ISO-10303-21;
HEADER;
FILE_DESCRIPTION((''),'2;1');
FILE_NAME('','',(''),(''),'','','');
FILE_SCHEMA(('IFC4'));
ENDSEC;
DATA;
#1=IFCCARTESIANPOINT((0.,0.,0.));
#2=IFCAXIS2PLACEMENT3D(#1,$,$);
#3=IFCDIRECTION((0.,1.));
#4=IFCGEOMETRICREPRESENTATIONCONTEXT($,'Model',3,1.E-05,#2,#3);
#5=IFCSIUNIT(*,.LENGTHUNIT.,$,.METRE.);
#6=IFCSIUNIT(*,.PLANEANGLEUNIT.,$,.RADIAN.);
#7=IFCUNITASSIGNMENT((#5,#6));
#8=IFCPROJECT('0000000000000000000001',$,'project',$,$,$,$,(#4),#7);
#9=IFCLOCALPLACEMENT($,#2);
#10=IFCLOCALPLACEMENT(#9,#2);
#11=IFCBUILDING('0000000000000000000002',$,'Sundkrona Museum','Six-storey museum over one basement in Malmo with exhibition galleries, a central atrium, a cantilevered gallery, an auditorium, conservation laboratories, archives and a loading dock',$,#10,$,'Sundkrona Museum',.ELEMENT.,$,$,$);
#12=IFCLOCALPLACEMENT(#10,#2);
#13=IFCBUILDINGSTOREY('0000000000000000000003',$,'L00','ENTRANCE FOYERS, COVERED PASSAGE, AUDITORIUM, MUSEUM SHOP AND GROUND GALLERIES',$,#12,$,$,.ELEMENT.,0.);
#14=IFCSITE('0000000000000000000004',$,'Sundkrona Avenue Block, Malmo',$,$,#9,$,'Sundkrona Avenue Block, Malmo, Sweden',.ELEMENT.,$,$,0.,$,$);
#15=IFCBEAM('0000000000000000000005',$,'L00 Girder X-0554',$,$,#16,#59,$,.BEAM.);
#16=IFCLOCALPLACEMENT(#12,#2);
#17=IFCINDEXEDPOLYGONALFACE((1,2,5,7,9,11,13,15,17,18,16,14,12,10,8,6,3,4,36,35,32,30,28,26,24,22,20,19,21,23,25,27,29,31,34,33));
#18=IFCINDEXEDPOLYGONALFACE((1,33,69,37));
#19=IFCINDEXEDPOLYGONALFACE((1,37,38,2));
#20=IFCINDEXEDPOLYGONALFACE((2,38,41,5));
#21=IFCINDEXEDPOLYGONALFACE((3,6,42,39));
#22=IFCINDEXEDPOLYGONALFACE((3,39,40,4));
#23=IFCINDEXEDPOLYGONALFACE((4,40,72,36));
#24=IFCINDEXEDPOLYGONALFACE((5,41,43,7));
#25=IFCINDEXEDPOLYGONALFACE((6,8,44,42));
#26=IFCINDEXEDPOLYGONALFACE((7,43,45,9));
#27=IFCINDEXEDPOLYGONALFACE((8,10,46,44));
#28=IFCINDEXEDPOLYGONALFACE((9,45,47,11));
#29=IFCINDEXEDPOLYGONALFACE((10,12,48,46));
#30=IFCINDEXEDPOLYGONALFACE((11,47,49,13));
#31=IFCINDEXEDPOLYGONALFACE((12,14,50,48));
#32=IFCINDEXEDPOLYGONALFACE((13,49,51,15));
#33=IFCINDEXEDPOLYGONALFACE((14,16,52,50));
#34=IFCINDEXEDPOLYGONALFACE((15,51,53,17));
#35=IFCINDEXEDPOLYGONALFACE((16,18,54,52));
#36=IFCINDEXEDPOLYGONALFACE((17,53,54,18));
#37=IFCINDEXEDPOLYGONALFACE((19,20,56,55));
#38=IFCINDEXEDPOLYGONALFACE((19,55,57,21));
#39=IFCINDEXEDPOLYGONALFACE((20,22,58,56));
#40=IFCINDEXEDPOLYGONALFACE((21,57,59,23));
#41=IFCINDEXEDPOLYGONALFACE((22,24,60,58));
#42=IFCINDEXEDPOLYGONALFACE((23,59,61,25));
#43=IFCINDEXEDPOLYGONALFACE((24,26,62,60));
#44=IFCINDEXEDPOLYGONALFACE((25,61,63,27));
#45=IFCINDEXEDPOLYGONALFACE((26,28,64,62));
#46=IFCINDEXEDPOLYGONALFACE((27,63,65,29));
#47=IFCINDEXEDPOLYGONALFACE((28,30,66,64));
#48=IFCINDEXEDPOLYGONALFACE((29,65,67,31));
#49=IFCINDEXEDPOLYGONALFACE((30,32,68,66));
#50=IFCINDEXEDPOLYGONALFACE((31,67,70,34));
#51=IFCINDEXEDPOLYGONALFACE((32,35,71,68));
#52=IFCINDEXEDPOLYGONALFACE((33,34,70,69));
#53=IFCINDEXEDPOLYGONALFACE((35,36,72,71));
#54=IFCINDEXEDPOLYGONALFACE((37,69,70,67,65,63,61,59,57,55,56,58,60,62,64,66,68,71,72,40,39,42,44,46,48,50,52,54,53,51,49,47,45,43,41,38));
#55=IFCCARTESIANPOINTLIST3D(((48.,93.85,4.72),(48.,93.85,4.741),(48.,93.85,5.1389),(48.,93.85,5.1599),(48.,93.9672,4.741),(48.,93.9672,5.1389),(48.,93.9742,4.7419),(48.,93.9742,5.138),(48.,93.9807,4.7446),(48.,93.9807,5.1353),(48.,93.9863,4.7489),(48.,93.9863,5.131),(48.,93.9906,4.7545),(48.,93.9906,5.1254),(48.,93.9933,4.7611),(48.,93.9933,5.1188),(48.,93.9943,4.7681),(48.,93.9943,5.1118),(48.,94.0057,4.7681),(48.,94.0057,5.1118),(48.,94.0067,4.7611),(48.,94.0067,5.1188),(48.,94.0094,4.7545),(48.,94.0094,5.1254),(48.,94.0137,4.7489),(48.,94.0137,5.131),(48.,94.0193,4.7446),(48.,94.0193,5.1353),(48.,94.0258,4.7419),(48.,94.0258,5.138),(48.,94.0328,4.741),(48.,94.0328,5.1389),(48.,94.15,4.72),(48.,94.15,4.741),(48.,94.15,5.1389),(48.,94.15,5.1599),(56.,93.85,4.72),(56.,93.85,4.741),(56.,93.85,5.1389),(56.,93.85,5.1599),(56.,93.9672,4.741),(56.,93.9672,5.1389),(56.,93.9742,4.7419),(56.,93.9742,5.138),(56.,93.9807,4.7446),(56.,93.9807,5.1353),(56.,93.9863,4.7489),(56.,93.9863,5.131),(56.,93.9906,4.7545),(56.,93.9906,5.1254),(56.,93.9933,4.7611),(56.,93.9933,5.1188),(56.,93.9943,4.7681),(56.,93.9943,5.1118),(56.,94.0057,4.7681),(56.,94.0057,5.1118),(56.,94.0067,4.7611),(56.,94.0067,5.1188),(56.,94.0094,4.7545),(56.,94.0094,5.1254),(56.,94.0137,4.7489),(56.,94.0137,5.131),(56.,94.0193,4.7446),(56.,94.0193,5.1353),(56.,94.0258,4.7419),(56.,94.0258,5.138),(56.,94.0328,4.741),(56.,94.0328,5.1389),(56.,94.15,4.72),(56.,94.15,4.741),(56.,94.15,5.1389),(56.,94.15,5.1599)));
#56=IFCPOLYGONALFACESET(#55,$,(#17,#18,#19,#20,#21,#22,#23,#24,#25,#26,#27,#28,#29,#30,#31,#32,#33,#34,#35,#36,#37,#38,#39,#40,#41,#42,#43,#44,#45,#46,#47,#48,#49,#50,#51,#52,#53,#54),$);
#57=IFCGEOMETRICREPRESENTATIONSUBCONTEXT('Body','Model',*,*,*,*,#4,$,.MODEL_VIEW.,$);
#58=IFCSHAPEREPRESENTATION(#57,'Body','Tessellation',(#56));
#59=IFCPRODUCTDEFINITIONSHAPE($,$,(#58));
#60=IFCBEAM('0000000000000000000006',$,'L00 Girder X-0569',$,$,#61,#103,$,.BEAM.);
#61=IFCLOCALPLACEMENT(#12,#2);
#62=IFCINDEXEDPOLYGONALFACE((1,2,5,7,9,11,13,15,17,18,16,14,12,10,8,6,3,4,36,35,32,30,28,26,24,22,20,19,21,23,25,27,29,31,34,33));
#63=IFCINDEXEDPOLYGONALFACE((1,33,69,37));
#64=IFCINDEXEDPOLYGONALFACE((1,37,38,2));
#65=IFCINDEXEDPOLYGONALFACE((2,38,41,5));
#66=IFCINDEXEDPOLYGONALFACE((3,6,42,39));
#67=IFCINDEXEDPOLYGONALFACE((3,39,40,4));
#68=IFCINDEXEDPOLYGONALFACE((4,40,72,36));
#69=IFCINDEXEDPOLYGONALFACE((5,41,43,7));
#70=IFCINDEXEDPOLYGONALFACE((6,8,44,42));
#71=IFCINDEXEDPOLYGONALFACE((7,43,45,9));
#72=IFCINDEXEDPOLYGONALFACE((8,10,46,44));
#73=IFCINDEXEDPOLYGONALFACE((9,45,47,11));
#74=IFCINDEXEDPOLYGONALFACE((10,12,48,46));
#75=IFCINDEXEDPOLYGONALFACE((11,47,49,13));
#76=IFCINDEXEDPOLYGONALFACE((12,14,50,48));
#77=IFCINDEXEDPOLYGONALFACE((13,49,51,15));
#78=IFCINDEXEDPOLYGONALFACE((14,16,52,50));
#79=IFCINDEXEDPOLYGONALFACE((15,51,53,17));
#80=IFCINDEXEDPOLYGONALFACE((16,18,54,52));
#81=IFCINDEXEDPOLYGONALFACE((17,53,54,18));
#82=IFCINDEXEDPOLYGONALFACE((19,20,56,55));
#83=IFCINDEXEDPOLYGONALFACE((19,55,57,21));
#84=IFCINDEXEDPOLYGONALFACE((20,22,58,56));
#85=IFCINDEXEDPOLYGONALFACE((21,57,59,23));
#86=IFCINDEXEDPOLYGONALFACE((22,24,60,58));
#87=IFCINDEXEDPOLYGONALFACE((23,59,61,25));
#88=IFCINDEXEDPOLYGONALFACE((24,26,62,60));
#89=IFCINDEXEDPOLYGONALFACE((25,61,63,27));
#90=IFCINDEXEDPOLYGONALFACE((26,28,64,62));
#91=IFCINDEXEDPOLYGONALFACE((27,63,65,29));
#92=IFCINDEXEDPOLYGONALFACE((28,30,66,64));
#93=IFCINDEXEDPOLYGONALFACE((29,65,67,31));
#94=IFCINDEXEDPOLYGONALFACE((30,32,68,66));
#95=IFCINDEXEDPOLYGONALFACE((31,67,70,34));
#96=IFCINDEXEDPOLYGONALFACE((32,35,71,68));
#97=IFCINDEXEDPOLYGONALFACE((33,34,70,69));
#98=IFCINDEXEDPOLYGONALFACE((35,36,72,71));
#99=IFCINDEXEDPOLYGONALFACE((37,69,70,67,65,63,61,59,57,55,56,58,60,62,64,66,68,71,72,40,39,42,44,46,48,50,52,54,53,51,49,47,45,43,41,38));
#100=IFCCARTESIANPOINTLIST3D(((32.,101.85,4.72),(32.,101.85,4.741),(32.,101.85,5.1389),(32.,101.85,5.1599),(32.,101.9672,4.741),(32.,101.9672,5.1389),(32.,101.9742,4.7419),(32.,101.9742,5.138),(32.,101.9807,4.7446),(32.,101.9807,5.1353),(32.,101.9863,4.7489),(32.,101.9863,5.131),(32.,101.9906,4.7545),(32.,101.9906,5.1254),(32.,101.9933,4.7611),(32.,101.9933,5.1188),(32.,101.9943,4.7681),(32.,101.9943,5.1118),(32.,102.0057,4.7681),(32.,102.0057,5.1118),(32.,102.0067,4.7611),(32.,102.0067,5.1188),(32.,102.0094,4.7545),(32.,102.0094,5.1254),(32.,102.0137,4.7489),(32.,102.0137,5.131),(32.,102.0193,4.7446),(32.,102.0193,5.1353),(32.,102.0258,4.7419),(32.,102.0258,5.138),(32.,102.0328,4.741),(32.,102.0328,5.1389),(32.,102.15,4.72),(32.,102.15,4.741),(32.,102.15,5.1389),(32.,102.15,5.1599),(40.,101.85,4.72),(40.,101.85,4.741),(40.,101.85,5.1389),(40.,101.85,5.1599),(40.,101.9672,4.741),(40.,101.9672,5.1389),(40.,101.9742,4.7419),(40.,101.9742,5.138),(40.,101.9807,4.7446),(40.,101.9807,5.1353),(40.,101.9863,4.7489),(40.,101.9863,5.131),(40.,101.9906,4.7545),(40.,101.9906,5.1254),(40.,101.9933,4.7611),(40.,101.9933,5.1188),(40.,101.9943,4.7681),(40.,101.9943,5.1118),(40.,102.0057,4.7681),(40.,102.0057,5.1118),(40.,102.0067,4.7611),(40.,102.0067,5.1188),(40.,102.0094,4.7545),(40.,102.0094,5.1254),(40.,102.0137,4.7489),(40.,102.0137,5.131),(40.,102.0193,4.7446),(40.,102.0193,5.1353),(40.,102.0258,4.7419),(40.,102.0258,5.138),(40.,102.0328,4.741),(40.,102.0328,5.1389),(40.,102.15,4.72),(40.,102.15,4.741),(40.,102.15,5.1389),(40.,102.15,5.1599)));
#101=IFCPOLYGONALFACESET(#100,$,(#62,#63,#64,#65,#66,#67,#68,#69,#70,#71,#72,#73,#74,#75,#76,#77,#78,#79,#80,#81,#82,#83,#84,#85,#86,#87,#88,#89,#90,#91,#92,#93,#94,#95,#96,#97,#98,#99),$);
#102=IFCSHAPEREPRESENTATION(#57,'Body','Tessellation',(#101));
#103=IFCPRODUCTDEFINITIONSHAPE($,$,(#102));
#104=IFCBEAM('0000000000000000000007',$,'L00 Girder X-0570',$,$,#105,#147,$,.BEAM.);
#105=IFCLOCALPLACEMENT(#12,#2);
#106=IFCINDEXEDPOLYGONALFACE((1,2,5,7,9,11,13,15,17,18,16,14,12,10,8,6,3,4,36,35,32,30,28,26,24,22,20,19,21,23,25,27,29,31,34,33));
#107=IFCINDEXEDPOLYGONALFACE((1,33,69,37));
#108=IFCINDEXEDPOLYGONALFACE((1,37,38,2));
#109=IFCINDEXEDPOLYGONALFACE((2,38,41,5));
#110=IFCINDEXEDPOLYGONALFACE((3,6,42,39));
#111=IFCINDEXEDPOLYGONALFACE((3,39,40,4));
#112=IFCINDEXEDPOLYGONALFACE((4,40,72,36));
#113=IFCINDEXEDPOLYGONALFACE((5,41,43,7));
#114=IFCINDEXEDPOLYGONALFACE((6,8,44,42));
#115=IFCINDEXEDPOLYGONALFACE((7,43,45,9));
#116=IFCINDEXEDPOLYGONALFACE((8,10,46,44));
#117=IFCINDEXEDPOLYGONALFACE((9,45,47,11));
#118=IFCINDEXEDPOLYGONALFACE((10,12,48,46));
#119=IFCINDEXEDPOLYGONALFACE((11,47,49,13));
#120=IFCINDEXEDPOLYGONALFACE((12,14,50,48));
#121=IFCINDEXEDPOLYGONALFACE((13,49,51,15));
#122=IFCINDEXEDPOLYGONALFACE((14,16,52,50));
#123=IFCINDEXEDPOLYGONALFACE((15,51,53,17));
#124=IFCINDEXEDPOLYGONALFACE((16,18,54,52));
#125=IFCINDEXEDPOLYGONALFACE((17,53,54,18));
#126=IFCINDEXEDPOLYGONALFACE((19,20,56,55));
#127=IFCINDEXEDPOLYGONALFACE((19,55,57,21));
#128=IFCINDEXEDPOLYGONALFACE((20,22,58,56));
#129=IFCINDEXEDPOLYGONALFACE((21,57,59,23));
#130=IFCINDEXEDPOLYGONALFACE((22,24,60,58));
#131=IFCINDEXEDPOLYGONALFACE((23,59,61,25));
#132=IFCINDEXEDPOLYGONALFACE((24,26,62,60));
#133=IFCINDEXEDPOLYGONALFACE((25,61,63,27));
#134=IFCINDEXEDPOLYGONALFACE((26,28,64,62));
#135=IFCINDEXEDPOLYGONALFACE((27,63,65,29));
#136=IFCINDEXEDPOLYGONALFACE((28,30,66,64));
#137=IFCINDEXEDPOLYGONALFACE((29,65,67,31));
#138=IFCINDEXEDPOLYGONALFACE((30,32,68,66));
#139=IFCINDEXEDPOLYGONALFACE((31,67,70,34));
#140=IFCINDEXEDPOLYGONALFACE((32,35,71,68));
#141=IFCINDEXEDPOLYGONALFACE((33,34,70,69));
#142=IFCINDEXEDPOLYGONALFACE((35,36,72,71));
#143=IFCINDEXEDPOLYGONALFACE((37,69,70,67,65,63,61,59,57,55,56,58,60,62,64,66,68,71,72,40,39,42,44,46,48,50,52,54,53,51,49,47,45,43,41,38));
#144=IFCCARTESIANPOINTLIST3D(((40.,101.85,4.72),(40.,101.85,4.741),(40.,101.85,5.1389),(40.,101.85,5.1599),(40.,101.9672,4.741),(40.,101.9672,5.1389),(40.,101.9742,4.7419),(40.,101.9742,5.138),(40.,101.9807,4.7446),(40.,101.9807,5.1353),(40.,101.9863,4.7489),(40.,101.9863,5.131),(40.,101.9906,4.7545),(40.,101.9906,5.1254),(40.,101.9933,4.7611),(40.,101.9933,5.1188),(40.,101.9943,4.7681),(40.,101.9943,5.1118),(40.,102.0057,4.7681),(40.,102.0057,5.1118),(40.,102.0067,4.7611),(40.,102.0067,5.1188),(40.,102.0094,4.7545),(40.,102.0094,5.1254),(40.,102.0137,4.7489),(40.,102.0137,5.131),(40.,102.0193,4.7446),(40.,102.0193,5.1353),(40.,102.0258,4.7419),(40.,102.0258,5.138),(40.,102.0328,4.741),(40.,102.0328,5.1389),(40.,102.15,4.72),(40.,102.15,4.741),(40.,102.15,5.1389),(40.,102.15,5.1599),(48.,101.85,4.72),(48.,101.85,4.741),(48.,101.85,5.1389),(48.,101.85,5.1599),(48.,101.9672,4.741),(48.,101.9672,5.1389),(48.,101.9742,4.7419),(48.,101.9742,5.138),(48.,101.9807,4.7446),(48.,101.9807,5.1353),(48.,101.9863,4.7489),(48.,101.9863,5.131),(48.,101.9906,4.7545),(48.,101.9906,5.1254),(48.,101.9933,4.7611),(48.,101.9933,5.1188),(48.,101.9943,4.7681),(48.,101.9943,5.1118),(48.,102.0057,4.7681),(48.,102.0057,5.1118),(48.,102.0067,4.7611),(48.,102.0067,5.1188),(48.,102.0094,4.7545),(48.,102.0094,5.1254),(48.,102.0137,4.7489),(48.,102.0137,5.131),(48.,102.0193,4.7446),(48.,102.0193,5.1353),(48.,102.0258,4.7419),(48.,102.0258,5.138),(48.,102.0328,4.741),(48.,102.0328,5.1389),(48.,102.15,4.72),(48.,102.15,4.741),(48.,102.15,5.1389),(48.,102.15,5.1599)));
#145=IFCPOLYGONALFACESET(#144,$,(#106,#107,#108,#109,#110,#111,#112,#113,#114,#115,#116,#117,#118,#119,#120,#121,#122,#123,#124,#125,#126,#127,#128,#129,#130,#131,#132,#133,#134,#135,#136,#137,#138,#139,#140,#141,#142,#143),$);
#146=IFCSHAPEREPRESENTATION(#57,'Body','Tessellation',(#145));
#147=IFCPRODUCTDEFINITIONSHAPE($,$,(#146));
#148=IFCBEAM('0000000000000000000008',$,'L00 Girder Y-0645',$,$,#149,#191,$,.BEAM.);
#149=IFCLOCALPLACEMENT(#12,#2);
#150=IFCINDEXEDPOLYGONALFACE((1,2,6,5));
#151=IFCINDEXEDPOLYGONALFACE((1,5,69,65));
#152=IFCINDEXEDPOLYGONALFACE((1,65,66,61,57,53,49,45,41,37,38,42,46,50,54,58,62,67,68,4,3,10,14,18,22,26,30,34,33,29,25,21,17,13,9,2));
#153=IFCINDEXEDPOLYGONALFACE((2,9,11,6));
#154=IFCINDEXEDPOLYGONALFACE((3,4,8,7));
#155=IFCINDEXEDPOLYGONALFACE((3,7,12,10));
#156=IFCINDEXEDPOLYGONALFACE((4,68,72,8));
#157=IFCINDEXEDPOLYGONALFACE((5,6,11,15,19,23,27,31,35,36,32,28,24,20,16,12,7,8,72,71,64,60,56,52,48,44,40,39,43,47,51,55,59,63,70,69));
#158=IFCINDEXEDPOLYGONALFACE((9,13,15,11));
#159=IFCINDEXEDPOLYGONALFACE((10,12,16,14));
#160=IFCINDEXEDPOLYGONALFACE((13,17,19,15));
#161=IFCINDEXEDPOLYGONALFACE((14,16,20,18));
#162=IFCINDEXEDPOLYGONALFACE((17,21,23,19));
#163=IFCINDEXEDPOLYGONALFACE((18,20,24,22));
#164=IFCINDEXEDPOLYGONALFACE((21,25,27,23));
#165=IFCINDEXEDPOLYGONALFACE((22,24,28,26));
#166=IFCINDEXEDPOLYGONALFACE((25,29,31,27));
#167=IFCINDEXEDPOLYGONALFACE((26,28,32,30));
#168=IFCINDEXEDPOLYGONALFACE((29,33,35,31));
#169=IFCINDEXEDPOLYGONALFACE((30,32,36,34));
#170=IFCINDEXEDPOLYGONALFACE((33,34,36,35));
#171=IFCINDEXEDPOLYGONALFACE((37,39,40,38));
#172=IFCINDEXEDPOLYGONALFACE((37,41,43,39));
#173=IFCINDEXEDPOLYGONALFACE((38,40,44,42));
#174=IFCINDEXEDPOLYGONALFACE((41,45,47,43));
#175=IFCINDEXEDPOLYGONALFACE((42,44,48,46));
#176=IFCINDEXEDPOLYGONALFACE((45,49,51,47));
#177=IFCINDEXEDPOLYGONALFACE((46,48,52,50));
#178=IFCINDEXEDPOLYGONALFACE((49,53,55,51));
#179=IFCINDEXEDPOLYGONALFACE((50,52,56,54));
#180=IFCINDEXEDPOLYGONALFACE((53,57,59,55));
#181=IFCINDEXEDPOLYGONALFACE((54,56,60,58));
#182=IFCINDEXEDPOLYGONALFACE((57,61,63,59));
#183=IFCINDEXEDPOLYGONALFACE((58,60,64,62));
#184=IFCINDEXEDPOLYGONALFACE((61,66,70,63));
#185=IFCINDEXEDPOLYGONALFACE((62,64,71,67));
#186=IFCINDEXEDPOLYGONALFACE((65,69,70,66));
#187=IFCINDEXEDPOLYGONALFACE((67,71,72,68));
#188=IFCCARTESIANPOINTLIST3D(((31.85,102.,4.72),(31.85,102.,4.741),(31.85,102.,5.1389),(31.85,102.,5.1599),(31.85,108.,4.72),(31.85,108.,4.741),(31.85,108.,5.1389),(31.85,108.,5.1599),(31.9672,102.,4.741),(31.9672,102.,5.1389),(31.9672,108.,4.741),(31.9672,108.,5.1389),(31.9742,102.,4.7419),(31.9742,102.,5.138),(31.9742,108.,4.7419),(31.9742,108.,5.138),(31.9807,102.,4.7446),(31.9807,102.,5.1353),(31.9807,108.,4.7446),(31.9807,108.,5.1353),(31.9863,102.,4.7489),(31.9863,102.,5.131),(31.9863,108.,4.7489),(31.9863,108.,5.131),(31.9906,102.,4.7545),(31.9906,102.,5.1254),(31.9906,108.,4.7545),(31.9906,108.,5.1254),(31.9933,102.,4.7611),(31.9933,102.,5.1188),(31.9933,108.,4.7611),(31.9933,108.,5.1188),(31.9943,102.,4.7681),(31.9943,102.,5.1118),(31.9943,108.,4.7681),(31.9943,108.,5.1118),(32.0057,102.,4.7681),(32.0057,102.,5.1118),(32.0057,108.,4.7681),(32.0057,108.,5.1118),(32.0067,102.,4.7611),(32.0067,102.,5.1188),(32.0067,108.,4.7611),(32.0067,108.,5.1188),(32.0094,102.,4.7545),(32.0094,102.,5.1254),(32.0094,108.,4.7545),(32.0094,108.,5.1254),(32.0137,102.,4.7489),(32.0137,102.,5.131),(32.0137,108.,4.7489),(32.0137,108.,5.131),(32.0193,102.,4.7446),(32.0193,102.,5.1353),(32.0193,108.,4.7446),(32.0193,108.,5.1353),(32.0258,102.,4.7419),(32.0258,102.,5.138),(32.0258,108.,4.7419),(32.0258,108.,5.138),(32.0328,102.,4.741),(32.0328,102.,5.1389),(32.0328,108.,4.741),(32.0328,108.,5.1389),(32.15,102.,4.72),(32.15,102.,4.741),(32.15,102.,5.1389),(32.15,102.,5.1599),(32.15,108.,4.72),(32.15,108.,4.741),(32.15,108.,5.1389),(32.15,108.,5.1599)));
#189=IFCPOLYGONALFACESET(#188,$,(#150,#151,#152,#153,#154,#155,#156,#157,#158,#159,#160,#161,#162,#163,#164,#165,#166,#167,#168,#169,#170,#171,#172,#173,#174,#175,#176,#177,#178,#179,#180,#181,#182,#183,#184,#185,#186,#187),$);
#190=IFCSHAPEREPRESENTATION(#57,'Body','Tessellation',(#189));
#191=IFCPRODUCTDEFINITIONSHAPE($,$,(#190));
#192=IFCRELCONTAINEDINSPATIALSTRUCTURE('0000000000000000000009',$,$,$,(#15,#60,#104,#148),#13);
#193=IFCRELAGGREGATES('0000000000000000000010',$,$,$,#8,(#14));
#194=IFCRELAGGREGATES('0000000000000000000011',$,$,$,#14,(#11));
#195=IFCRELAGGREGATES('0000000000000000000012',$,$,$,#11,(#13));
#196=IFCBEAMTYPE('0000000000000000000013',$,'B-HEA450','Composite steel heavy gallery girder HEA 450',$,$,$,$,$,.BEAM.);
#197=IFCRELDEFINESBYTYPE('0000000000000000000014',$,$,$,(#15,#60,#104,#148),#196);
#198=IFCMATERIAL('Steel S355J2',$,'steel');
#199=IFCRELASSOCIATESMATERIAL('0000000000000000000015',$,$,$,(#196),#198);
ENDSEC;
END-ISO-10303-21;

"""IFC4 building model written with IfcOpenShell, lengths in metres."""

from ifc_helpers import new_model, si_unit, direction, frame, origin, origin_2d, place, context, subcontext, project, spatial, i_section, extrude, material, material_profile, profile_set, type_object, element, save


model = new_model("IFC4")

# Units and contexts
model_context = context("Model", 3, precision=1e-05, world=origin(), true_north=direction((0.0, 1.0)))
body_context = subcontext(model_context, "Body", "Model", "MODEL_VIEW")
ifc_project = project(units=[si_unit("LENGTHUNIT", "METRE"), si_unit("PLANEANGLEUNIT", "RADIAN")], contexts=[model_context])

# Site, building, storey
site_placement = place(None, origin())
site = spatial("IfcSite", under=ifc_project, at=site_placement, Name="Sundkrona Avenue Block, Malmo", LongName="Sundkrona Avenue Block, Malmo, Sweden", CompositionType="ELEMENT", RefElevation=0.0)
building_placement = place(site_placement, origin())
building = spatial("IfcBuilding", under=site, at=building_placement, Name="Sundkrona Museum", Description="Six-storey museum over one basement in Malmo with exhibition galleries, a central atrium, a cantilevered gallery, an auditorium, conservation laboratories, archives and a loading dock", LongName="Sundkrona Museum", CompositionType="ELEMENT")
storey_placement = place(building_placement, origin())
storey = spatial("IfcBuildingStorey", under=building, at=storey_placement, Name="L00", Description="ENTRANCE FOYERS, COVERED PASSAGE, AUDITORIUM, MUSEUM SHOP AND GROUND GALLERIES", CompositionType="ELEMENT", Elevation=0.0)

# Shared definitions
ifc_material_1 = material(Name="Steel S355J2", Category="steel")

# Beams
ifc_material_profile_1 = material_profile(ifc_material_1, i_section(OverallWidth=0.3, OverallDepth=0.4399, WebThickness=0.0115, FlangeThickness=0.021, FilletRadius=0.0271, at=origin_2d()), Name="HEA 450")
ifc_profile_set_1 = profile_set([ifc_material_profile_1], Name="Steel S355J2")
beam_type_1 = type_object("IfcBeamType", Name="B-HEA450", Description="Composite steel heavy gallery girder HEA 450", PredefinedType="BEAM", material=ifc_profile_set_1)
for number, where, z_axis, x_axis, name in (
    (1, (48.0, 94.0, 4.9399), (1.0, 0.0, 0.0), (0.0, 1.0, 0.0), "L00 Girder X-0554"),
    (2, (32.0, 102.0, 4.9399), (1.0, 0.0, 0.0), (0.0, 1.0, 0.0), "L00 Girder X-0569"),
    (3, (40.0, 102.0, 4.9399), (1.0, 0.0, 0.0), (0.0, 1.0, 0.0), "L00 Girder X-0570"),
):
    element("IfcBeam", number, at=place(storey_placement, frame(where, z_axis=z_axis, x_axis=x_axis)), inside=storey, type_object=beam_type_1, Name=name, PredefinedType="BEAM", context=body_context, shape_type="SweptSolid", body=[
        extrude(i_section(OverallWidth=0.3, OverallDepth=0.4399, WebThickness=0.0115, FlangeThickness=0.021, FilletRadius=0.0271, at=origin_2d()), origin(), (0.0, 0.0, 1.0), 8.0),
    ])
beam_1_placement = place(storey_placement, frame((32.0, 102.0, 4.9399), z_axis=(0.0, 1.0, 0.0), x_axis=(-1.0, 0.0, 0.0)))
element("IfcBeam", 4, at=beam_1_placement, inside=storey, type_object=beam_type_1, Name="L00 Girder Y-0645", PredefinedType="BEAM", context=body_context, shape_type="SweptSolid", body=[
    extrude(i_section(OverallWidth=0.3, OverallDepth=0.4399, WebThickness=0.0115, FlangeThickness=0.021, FilletRadius=0.0271, at=origin_2d()), origin(), (0.0, 0.0, 1.0), 6.0),
])

save(model, "model.ifc")
